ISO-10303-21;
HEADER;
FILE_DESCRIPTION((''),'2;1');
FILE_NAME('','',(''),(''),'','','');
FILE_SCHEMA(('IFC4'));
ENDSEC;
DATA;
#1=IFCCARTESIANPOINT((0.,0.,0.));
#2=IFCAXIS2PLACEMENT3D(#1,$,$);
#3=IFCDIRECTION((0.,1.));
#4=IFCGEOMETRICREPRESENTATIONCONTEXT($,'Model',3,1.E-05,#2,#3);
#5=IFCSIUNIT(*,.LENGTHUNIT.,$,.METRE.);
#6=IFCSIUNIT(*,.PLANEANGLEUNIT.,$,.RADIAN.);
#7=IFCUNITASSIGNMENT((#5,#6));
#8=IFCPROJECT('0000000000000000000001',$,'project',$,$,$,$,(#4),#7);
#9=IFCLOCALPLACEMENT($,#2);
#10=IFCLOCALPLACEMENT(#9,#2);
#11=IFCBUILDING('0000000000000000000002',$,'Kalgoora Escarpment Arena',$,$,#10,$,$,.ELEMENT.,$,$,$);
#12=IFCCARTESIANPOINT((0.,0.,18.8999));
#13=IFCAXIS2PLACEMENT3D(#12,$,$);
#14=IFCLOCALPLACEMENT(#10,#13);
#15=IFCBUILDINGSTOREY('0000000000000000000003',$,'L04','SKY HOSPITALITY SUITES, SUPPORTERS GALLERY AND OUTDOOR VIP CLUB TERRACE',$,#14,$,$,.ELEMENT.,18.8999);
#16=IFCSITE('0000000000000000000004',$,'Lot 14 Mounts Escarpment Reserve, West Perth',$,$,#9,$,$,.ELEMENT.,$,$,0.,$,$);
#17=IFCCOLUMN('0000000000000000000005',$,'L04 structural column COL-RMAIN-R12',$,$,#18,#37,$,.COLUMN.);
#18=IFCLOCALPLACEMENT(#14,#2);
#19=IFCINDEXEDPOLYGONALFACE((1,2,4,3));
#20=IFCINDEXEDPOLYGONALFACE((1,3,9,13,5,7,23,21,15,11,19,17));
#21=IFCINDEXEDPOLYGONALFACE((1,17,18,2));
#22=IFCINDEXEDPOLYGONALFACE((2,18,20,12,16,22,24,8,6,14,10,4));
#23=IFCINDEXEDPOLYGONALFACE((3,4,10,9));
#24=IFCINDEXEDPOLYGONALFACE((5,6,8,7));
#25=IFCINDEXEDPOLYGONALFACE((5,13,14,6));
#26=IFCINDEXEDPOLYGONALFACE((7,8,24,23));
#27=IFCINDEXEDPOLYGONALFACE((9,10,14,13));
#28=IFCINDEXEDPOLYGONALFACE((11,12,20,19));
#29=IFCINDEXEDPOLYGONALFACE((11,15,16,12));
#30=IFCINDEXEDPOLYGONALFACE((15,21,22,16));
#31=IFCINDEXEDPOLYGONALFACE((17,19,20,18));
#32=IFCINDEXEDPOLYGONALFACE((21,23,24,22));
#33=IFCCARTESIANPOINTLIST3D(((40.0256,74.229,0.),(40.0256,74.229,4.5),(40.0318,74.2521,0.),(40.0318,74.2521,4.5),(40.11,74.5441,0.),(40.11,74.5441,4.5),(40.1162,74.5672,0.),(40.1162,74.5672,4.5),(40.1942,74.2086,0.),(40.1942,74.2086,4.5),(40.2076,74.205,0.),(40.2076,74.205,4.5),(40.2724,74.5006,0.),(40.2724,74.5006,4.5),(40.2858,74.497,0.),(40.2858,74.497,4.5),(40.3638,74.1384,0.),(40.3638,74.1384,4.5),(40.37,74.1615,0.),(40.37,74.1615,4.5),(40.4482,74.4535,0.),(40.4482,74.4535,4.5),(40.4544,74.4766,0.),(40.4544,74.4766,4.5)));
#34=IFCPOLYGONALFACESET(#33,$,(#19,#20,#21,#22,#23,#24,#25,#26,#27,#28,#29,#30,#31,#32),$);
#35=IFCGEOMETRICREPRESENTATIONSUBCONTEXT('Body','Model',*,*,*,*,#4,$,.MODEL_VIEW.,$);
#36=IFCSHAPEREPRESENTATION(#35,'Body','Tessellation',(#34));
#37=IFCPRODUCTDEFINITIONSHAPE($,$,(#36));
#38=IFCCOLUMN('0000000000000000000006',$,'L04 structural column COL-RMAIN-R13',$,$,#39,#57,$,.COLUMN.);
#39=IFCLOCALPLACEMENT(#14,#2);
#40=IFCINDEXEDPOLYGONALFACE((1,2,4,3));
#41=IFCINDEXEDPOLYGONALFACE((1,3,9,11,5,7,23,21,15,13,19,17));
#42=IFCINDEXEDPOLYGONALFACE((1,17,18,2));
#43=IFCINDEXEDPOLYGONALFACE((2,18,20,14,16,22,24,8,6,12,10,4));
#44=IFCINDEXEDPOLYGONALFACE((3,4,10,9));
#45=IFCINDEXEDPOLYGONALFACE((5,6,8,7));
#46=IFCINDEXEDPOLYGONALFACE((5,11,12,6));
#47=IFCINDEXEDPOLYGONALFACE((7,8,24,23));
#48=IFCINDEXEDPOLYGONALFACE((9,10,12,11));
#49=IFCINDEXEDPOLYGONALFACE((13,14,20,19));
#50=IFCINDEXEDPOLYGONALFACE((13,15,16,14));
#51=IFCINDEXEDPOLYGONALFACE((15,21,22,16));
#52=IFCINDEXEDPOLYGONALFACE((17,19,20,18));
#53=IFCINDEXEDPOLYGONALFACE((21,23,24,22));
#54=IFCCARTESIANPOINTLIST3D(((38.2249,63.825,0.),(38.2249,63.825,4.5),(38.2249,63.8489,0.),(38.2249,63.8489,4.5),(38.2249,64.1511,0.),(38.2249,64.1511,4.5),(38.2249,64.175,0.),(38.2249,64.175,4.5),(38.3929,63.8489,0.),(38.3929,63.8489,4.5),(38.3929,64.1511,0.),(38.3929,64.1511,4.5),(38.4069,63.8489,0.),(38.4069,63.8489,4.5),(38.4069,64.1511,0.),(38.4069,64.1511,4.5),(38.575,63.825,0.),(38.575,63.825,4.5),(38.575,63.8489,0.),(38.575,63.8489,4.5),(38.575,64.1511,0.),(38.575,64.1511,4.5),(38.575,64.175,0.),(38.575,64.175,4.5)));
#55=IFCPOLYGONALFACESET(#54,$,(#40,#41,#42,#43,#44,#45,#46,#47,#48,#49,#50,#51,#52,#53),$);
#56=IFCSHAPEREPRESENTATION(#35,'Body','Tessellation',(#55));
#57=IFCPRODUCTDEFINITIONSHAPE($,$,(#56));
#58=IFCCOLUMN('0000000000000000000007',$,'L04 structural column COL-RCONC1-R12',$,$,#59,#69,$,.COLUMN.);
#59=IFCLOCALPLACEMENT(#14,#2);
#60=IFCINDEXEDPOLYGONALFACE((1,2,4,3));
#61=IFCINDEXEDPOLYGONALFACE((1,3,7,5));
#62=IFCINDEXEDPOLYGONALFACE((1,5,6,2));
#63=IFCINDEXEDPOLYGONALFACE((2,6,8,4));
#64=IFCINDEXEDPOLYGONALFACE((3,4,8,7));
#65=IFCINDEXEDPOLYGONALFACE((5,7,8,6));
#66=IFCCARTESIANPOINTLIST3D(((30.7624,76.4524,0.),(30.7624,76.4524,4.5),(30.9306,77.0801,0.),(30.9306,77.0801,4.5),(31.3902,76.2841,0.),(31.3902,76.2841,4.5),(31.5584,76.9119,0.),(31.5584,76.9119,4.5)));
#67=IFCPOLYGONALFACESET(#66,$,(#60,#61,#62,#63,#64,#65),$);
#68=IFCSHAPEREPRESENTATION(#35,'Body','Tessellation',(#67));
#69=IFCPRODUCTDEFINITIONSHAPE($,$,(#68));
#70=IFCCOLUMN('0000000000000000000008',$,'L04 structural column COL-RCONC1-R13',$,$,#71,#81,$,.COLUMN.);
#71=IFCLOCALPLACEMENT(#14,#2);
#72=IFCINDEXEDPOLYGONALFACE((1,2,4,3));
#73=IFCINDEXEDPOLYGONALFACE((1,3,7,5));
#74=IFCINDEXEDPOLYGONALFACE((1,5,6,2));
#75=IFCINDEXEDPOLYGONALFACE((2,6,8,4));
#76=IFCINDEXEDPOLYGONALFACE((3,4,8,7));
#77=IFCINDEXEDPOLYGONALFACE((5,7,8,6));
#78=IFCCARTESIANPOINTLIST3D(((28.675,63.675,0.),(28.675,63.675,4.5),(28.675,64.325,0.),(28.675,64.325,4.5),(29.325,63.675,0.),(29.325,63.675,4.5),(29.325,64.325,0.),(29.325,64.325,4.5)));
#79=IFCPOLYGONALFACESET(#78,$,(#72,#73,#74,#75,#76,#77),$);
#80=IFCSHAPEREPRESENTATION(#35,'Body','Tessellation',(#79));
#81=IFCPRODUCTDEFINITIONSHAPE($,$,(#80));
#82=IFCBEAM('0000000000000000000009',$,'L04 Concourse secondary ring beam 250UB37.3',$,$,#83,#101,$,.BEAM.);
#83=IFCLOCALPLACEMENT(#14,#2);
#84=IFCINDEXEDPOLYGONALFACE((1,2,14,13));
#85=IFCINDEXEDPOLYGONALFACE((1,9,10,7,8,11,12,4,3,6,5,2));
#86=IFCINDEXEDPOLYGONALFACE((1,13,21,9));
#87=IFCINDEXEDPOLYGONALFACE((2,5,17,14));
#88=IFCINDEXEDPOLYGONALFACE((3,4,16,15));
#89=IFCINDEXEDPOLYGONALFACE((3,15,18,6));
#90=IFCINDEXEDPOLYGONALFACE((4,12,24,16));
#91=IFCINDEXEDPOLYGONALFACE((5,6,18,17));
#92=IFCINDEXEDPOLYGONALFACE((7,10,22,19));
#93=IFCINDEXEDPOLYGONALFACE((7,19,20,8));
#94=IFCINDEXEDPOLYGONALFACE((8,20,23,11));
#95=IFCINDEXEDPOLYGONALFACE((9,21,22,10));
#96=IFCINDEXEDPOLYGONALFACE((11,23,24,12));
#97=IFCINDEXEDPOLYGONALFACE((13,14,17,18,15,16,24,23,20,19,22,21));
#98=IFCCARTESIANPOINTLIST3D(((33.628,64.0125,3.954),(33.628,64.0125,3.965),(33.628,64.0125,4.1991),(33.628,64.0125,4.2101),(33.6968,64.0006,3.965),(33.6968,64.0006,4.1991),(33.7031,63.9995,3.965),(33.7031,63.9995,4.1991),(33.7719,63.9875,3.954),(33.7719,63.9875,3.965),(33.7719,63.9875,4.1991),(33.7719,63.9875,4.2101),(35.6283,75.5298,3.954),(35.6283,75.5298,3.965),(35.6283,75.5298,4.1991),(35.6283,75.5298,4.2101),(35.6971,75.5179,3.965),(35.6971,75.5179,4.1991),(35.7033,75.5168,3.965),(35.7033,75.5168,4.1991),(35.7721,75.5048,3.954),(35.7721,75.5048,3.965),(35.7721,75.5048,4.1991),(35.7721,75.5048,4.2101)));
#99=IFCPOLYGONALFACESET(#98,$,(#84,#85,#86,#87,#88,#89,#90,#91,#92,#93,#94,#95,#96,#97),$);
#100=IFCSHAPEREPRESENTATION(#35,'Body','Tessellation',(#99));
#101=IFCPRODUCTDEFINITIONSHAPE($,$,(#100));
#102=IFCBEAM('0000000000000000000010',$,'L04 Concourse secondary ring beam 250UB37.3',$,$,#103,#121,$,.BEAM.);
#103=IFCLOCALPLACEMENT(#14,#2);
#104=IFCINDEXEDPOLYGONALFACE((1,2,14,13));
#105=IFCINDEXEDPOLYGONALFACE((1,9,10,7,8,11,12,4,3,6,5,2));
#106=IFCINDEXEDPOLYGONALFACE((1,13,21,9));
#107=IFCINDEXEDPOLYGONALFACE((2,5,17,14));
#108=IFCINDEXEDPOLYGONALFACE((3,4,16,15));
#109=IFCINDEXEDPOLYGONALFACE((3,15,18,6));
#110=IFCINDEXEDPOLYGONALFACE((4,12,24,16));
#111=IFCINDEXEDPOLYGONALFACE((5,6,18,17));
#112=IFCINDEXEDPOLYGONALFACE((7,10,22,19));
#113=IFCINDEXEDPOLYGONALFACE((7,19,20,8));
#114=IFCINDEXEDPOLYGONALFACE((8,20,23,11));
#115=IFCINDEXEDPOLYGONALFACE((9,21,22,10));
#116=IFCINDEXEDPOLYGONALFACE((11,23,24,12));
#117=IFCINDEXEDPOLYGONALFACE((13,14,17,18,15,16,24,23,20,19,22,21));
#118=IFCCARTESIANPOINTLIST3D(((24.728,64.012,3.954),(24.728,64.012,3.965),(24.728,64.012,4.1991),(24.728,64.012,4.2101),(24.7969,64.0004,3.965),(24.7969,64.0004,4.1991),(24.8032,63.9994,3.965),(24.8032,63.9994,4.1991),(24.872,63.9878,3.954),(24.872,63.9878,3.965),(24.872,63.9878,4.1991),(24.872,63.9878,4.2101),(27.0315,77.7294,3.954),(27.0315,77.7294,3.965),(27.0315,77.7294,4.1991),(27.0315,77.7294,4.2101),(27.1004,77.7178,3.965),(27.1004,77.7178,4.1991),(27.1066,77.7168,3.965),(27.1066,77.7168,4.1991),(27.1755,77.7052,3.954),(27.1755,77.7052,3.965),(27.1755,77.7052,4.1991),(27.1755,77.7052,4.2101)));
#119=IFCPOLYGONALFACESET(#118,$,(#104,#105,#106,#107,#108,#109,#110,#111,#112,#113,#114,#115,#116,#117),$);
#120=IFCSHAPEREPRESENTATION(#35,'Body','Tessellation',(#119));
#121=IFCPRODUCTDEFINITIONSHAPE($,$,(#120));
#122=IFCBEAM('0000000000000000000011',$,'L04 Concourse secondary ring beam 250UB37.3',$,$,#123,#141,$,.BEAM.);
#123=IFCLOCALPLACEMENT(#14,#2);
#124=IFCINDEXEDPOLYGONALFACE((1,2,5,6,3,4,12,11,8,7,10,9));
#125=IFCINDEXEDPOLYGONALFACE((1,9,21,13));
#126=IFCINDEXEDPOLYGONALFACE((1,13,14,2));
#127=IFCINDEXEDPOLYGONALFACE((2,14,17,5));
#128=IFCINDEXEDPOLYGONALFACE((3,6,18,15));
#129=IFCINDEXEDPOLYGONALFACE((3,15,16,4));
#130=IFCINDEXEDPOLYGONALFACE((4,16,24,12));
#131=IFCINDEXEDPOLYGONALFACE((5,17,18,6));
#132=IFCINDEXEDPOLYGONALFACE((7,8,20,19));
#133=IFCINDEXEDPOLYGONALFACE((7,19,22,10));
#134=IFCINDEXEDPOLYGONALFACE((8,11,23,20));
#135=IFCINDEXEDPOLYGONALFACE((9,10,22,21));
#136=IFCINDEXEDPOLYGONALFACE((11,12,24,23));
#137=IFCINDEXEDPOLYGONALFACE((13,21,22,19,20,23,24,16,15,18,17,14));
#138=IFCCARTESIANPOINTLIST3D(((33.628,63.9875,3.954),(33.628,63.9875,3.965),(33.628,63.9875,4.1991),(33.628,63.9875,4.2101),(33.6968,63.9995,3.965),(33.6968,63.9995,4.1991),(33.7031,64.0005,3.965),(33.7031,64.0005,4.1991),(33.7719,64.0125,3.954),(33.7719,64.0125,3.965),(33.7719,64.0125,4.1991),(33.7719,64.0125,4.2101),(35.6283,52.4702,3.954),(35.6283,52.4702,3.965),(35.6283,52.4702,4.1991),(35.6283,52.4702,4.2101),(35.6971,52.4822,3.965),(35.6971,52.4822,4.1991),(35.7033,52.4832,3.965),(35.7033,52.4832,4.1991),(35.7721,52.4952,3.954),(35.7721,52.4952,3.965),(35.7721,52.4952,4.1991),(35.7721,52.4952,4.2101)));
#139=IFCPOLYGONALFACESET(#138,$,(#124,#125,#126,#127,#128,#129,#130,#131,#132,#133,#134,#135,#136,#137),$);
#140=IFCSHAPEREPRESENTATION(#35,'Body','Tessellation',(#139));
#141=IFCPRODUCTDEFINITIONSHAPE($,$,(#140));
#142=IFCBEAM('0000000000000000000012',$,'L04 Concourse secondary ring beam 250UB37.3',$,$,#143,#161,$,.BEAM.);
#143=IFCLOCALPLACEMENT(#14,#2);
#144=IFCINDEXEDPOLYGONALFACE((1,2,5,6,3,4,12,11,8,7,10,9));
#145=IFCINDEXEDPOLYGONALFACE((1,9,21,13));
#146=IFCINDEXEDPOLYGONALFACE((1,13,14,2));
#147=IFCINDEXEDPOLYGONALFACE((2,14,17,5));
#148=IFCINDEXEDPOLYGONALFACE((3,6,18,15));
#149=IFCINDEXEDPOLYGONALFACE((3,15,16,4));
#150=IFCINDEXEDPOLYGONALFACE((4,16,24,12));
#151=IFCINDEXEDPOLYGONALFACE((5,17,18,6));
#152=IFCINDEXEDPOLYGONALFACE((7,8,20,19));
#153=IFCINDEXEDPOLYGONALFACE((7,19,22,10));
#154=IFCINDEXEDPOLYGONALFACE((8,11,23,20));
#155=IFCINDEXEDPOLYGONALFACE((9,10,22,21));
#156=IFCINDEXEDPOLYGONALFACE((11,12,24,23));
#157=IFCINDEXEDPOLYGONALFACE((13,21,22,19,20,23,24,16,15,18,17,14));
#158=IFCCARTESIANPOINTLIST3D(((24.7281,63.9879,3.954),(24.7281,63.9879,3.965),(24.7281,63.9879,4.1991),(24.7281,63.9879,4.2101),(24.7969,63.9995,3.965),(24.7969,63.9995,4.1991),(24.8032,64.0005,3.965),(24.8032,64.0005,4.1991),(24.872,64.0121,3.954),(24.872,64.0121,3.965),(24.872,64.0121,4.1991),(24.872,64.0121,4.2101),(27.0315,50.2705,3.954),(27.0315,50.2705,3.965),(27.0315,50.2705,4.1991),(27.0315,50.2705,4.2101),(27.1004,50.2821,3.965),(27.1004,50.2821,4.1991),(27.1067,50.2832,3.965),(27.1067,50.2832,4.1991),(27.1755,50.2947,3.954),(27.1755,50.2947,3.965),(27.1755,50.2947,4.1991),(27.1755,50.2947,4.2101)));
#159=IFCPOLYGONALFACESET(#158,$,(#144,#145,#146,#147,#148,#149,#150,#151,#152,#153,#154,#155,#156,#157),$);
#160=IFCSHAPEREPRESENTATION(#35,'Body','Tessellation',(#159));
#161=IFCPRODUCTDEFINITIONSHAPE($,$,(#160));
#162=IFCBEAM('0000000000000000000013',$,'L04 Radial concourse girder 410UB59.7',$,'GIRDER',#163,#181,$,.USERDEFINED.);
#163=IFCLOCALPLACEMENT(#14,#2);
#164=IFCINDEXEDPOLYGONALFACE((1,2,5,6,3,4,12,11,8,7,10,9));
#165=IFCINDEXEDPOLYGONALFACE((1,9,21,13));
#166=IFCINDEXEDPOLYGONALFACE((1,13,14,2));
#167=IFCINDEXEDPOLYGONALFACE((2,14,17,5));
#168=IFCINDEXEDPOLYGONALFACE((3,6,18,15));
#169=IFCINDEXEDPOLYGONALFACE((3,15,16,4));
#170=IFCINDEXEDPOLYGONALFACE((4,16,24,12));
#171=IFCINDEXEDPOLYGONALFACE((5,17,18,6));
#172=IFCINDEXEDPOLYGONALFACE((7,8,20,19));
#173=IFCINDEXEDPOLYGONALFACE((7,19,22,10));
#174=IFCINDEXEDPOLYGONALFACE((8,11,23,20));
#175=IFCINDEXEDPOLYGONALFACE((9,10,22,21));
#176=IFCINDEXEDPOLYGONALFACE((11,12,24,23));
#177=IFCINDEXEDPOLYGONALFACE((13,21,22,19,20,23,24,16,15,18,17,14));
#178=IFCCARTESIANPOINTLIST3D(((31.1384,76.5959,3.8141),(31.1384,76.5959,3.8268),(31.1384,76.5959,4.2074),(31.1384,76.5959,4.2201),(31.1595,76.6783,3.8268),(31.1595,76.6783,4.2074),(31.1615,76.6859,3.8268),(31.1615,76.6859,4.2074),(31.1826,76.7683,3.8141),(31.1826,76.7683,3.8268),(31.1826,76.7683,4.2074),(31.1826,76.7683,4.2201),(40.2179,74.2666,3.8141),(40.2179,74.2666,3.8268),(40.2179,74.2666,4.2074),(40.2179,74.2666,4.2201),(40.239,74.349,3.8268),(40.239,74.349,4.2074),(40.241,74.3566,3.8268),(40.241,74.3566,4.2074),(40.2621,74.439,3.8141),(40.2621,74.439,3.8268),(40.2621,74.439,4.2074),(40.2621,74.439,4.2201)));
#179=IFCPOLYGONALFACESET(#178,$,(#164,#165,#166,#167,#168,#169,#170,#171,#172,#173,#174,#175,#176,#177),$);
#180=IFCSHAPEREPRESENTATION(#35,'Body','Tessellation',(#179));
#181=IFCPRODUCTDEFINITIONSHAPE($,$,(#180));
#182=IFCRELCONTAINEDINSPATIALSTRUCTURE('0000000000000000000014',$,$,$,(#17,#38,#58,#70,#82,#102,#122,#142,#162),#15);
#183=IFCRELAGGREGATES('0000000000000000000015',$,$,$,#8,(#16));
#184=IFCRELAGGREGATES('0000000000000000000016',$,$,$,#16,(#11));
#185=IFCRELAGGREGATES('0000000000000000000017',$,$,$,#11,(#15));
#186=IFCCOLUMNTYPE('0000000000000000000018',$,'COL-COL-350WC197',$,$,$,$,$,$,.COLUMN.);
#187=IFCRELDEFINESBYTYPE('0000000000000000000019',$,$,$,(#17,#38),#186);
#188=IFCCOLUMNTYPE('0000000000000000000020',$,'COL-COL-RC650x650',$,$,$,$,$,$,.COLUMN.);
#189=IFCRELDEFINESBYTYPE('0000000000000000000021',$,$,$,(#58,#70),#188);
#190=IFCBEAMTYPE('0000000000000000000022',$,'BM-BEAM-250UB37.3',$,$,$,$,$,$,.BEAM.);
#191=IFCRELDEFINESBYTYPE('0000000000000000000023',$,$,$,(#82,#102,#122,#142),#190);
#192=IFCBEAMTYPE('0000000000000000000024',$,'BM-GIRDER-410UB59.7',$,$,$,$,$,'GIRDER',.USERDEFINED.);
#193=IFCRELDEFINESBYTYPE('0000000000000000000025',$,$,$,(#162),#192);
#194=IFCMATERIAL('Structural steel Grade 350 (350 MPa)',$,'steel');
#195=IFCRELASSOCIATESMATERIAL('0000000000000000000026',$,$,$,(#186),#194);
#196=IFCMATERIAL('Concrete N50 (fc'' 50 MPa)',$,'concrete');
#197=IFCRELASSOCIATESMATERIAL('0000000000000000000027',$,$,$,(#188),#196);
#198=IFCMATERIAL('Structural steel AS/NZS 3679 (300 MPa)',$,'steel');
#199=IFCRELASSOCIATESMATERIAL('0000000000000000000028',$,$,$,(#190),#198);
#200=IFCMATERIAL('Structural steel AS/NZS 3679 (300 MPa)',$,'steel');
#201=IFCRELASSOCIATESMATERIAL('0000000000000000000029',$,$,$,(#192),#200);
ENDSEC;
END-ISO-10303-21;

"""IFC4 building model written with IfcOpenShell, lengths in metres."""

from ifc_helpers import new_model, si_unit, direction, frame, origin, origin_2d, place, context, subcontext, project, spatial, rectangle, i_section, extrude, material, material_profile, profile_set, type_object, element, save


model = new_model("IFC4")

# Units and contexts
model_context = context("Model", 3, precision=1e-05, world=origin(), true_north=direction((0.0, 1.0)))
body_context = subcontext(model_context, "Body", "Model", "MODEL_VIEW")
ifc_project = project(units=[si_unit("LENGTHUNIT", "METRE"), si_unit("PLANEANGLEUNIT", "RADIAN")], contexts=[model_context])

# Site, building, storey
site_placement = place(None, origin())
site = spatial("IfcSite", under=ifc_project, at=site_placement, Name="Lot 14 Mounts Escarpment Reserve, West Perth", CompositionType="ELEMENT", RefElevation=0.0)
building_placement = place(site_placement, origin())
building = spatial("IfcBuilding", under=site, at=building_placement, Name="Kalgoora Escarpment Arena", CompositionType="ELEMENT")
storey_placement = place(building_placement, frame((0.0, 0.0, 18.8999)))
storey = spatial("IfcBuildingStorey", under=building, at=storey_placement, Name="L04", Description="SKY HOSPITALITY SUITES, SUPPORTERS GALLERY AND OUTDOOR VIP CLUB TERRACE", CompositionType="ELEMENT", Elevation=18.8999)

# Columns
ifc_material_1 = material(Name="Structural steel Grade 350 (350 MPa)", Category="steel")
ifc_material_profile_1 = material_profile(ifc_material_1, i_section(OverallWidth=0.3501, OverallDepth=0.3501, WebThickness=0.0139, FlangeThickness=0.0239, at=origin_2d()))
ifc_profile_set_1 = profile_set([ifc_material_profile_1], Name="Structural steel Grade 350 (350 MPa)")
column_type_1 = type_object("IfcColumnType", Name="COL-COL-350WC197", PredefinedType="COLUMN", material=ifc_profile_set_1)
for number, where, z_axis, x_axis, name in (
    (1, (40.24, 74.3528, 0.0), (0.0, 0.0, 1.0), (-0.965926, 0.258819, 0.0), "L04 structural column COL-RMAIN-R12"),
    (2, (38.3999, 64.0, 0.0), (0.0, 0.0, 1.0), (-1.0, 0.0, 0.0), "L04 structural column COL-RMAIN-R13"),
):
    element("IfcColumn", number, at=place(storey_placement, frame(where, z_axis=z_axis, x_axis=x_axis)), inside=storey, type_object=column_type_1, Name=name, PredefinedType="COLUMN", context=body_context, shape_type="SweptSolid", body=[
        extrude(i_section(OverallWidth=0.3501, OverallDepth=0.3501, WebThickness=0.0139, FlangeThickness=0.0239, at=origin_2d()), origin(), (0.0, 0.0, 1.0), 4.5),
    ])
ifc_material_2 = material(Name="Concrete N50 (fc' 50 MPa)", Category="concrete")
ifc_material_profile_2 = material_profile(ifc_material_2, rectangle(XDim=0.6499, YDim=0.6499, at=origin_2d()))
ifc_profile_set_2 = profile_set([ifc_material_profile_2], Name="Concrete N50 (fc' 50 MPa)")
column_type_2 = type_object("IfcColumnType", Name="COL-COL-RC650x650", PredefinedType="COLUMN", material=ifc_profile_set_2)
for number, where, z_axis, x_axis, name in (
    (3, (31.1604, 76.6821, 0.0), (0.0, 0.0, 1.0), (-0.965926, 0.258819, 0.0), "L04 structural column COL-RCONC1-R12"),
    (4, (29.0, 64.0, 0.0), (0.0, 0.0, 1.0), (-1.0, 0.0, 0.0), "L04 structural column COL-RCONC1-R13"),
):
    element("IfcColumn", number, at=place(storey_placement, frame(where, z_axis=z_axis, x_axis=x_axis)), inside=storey, type_object=column_type_2, Name=name, PredefinedType="COLUMN", context=body_context, shape_type="SweptSolid", body=[
        extrude(rectangle(XDim=0.6499, YDim=0.6499, at=origin_2d()), origin(), (0.0, 0.0, 1.0), 4.5),
    ])

# Beams
ifc_material_3 = material(Name="Structural steel AS/NZS 3679 (300 MPa)", Category="steel")
ifc_material_profile_3 = material_profile(ifc_material_3, i_section(OverallWidth=0.146, OverallDepth=0.2561, WebThickness=0.0063, FlangeThickness=0.011, at=origin_2d()))
ifc_profile_set_3 = profile_set([ifc_material_profile_3], Name="Structural steel AS/NZS 3679 (300 MPa)")
beam_type_1 = type_object("IfcBeamType", Name="BM-BEAM-250UB37.3", PredefinedType="BEAM", material=ifc_profile_set_3)
beam_1_placement = place(storey_placement, frame((35.7002, 75.5173, 4.082), z_axis=(-0.171111, -0.985252, 0.0), x_axis=(0.985252, -0.171111, 0.0)))
element("IfcBeam", 5, at=beam_1_placement, inside=storey, type_object=beam_type_1, Name="L04 Concourse secondary ring beam 250UB37.3", PredefinedType="BEAM", context=body_context, shape_type="SweptSolid", body=[
    extrude(i_section(OverallWidth=0.146, OverallDepth=0.2561, WebThickness=0.0063, FlangeThickness=0.011, at=origin_2d()), origin(), (0.0, 0.0, 1.0), 11.6897),
])
beam_2_placement = place(storey_placement, frame((27.1035, 77.7173, 4.082), z_axis=(-0.165606, -0.986192, 0.0), x_axis=(0.986192, -0.165606, 0.0)))
element("IfcBeam", 6, at=beam_2_placement, inside=storey, type_object=beam_type_1, Name="L04 Concourse secondary ring beam 250UB37.3", PredefinedType="BEAM", context=body_context, shape_type="SweptSolid", body=[
    extrude(i_section(OverallWidth=0.146, OverallDepth=0.2561, WebThickness=0.0063, FlangeThickness=0.011, at=origin_2d()), origin(), (0.0, 0.0, 1.0), 13.9094),
])
beam_3_placement = place(storey_placement, frame((33.7, 64.0, 4.082), z_axis=(0.171111, -0.985252, 0.0), x_axis=(0.985252, 0.171111, 0.0)))
element("IfcBeam", 7, at=beam_3_placement, inside=storey, type_object=beam_type_1, Name="L04 Concourse secondary ring beam 250UB37.3", PredefinedType="BEAM", context=body_context, shape_type="SweptSolid", body=[
    extrude(i_section(OverallWidth=0.146, OverallDepth=0.2561, WebThickness=0.0063, FlangeThickness=0.011, at=origin_2d()), origin(), (0.0, 0.0, 1.0), 11.6897),
])
beam_4_placement = place(storey_placement, frame((24.8, 64.0, 4.082), z_axis=(0.165606, -0.986192, 0.0), x_axis=(0.986192, 0.165606, 0.0)))
element("IfcBeam", 8, at=beam_4_placement, inside=storey, type_object=beam_type_1, Name="L04 Concourse secondary ring beam 250UB37.3", PredefinedType="BEAM", context=body_context, shape_type="SweptSolid", body=[
    extrude(i_section(OverallWidth=0.146, OverallDepth=0.2561, WebThickness=0.0063, FlangeThickness=0.011, at=origin_2d()), origin(), (0.0, 0.0, 1.0), 13.9094),
])
ifc_material_4 = material(Name="Structural steel AS/NZS 3679 (300 MPa)", Category="steel")
ifc_material_profile_4 = material_profile(ifc_material_4, i_section(OverallWidth=0.178, OverallDepth=0.406, WebThickness=0.0078, FlangeThickness=0.0127, at=origin_2d()))
ifc_profile_set_4 = profile_set([ifc_material_profile_4], Name="Structural steel AS/NZS 3679 (300 MPa)")
beam_type_2 = type_object("IfcBeamType", Name="BM-GIRDER-410UB59.7", ElementType="GIRDER", PredefinedType="USERDEFINED", material=ifc_profile_set_4)
beam_5_placement = place(storey_placement, frame((40.24, 74.3528, 4.0171), z_axis=(-0.968632, 0.2485, 0.0), x_axis=(-0.2485, -0.968632, 0.0)))
element("IfcBeam", 9, at=beam_5_placement, inside=storey, type_object=beam_type_2, Name="L04 Radial concourse girder 410UB59.7", ObjectType="GIRDER", PredefinedType="USERDEFINED", context=body_context, shape_type="SweptSolid", body=[
    extrude(i_section(OverallWidth=0.178, OverallDepth=0.406, WebThickness=0.0078, FlangeThickness=0.0127, at=origin_2d()), origin(), (0.0, 0.0, 1.0), 9.3735),
])

save(model, "model.ifc")
